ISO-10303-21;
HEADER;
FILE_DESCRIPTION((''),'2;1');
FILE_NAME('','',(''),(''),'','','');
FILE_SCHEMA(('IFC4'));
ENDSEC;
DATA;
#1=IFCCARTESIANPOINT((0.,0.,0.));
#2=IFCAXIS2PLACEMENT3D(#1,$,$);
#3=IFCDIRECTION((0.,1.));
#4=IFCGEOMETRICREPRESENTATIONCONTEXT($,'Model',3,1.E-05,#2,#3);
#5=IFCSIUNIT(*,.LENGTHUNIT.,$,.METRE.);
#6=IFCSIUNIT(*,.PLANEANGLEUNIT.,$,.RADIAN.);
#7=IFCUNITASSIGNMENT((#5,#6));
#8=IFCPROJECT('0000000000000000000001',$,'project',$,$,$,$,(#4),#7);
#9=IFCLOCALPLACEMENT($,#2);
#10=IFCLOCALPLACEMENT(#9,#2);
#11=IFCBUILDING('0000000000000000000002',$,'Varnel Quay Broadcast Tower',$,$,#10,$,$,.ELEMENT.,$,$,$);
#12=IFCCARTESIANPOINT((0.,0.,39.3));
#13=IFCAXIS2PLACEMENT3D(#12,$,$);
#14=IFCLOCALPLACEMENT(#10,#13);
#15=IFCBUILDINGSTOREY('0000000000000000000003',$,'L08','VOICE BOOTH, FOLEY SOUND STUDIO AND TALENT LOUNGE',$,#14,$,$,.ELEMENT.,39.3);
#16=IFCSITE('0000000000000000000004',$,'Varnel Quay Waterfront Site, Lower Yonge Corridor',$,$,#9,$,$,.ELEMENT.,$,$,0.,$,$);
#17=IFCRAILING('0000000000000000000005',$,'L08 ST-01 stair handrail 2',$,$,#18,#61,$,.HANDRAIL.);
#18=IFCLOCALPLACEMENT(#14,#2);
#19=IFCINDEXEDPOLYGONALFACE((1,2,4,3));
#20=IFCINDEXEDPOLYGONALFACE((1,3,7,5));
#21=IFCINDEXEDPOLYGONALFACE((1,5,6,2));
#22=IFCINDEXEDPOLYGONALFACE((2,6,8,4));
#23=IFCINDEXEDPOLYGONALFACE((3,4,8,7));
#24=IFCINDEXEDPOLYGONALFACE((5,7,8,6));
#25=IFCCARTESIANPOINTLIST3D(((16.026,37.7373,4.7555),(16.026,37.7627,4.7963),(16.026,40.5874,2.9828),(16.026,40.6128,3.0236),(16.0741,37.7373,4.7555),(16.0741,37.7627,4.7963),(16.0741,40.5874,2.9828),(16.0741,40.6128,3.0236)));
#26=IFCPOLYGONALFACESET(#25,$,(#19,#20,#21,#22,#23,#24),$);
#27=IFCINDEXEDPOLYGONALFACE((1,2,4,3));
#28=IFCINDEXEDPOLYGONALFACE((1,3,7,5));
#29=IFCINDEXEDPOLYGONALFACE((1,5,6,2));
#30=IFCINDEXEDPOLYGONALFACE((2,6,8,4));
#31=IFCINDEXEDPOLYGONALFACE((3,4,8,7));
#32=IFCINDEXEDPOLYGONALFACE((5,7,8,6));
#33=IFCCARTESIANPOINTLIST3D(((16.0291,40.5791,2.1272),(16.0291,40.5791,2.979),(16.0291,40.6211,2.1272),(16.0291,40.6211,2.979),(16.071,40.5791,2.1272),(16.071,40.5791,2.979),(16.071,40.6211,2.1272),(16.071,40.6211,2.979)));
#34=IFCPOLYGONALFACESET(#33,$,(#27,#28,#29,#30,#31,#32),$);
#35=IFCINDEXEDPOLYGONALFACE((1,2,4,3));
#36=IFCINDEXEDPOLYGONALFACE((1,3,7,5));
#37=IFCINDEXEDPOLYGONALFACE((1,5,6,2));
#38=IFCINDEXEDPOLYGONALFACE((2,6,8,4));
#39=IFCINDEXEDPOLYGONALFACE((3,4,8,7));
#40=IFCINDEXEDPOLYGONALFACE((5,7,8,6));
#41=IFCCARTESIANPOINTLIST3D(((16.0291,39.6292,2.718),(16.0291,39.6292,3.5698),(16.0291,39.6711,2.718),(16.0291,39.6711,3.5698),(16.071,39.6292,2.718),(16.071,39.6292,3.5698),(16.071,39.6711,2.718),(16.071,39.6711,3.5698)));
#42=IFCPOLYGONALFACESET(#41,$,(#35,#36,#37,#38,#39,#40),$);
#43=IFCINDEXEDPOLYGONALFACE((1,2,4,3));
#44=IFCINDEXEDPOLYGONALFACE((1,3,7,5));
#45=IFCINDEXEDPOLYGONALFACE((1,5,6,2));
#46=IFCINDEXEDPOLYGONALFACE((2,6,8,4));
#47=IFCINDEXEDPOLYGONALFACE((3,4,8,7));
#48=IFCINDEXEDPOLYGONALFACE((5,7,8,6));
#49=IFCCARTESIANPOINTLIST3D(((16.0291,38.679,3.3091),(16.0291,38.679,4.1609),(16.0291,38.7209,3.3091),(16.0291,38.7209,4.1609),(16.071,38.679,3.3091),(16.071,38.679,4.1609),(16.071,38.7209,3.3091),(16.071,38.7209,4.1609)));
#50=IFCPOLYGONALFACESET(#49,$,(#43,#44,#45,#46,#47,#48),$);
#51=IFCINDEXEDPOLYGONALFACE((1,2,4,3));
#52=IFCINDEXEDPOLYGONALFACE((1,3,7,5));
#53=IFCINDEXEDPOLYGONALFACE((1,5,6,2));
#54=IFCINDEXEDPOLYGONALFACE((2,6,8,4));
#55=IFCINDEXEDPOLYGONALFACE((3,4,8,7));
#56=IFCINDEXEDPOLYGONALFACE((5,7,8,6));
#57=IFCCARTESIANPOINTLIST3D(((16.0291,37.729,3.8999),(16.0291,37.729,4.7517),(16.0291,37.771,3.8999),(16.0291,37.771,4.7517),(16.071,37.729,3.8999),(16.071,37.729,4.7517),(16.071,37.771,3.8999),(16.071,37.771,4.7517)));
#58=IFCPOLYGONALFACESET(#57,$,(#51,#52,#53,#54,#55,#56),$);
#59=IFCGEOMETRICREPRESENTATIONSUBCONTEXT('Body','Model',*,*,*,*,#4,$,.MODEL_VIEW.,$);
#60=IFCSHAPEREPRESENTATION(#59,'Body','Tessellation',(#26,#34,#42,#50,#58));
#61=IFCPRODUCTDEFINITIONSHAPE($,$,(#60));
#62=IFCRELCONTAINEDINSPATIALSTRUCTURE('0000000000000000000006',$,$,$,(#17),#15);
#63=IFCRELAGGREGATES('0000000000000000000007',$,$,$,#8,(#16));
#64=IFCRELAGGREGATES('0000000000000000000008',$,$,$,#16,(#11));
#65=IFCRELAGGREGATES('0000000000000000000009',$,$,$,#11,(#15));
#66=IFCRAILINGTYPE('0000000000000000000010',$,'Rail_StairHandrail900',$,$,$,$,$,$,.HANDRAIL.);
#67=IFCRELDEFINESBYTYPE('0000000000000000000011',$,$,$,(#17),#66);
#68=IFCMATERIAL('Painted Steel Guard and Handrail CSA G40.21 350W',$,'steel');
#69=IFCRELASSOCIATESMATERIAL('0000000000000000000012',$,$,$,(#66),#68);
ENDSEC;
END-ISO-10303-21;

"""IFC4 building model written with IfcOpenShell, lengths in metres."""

from ifc_helpers import new_model, si_unit, direction, frame, origin, origin_2d, place, context, subcontext, project, spatial, rectangle, extrude, material, type_object, element, save


model = new_model("IFC4")

# Units and contexts
model_context = context("Model", 3, precision=1e-05, world=origin(), true_north=direction((0.0, 1.0)))
body_context = subcontext(model_context, "Body", "Model", "MODEL_VIEW")
ifc_project = project(units=[si_unit("LENGTHUNIT", "METRE"), si_unit("PLANEANGLEUNIT", "RADIAN")], contexts=[model_context])

# Site, building, storey
site_placement = place(None, origin())
site = spatial("IfcSite", under=ifc_project, at=site_placement, Name="Varnel Quay Waterfront Site, Lower Yonge Corridor", CompositionType="ELEMENT", RefElevation=0.0)
building_placement = place(site_placement, origin())
building = spatial("IfcBuilding", under=site, at=building_placement, Name="Varnel Quay Broadcast Tower", CompositionType="ELEMENT")
storey_placement = place(building_placement, frame((0.0, 0.0, 39.3)))
storey = spatial("IfcBuildingStorey", under=building, at=storey_placement, Name="L08", Description="VOICE BOOTH, FOLEY SOUND STUDIO AND TALENT LOUNGE", CompositionType="ELEMENT", Elevation=39.3)

# Railing
ifc_material_1 = material(Name="Painted Steel Guard and Handrail CSA G40.21 350W", Category="steel")
railing_type = type_object("IfcRailingType", Name="Rail_StairHandrail900", PredefinedType="HANDRAIL", material=ifc_material_1)
railing_placement = place(storey_placement, frame((16.05, 40.6001, 2.1272)))
element("IfcRailing", 1, at=railing_placement, inside=storey, type_object=railing_type, Name="L08 ST-01 stair handrail 2", PredefinedType="HANDRAIL", context=body_context, shape_type="SweptSolid", body=[
    extrude(rectangle(XDim=0.0481, YDim=0.0481, at=origin_2d()), frame((0.0, 0.0, 0.876), z_axis=(0.0, -0.849149, 0.528154), x_axis=(1.0, 0.0, 0.0)), (0.0, 0.0, 1.0), 3.3564),
    extrude(rectangle(XDim=0.042, YDim=0.042, at=origin_2d()), origin(), (0.0, 0.0, 1.0), 0.8518),
    extrude(rectangle(XDim=0.042, YDim=0.042, at=origin_2d()), frame((0.0, -0.95, 0.5908)), (0.0, 0.0, 1.0), 0.8518),
    extrude(rectangle(XDim=0.042, YDim=0.042, at=origin_2d()), frame((0.0, -1.9001, 1.1819)), (0.0, 0.0, 1.0), 0.8518),
    extrude(rectangle(XDim=0.042, YDim=0.042, at=origin_2d()), frame((0.0, -2.8501, 1.7727)), (0.0, 0.0, 1.0), 0.8518),
])

save(model, "model.ifc")
